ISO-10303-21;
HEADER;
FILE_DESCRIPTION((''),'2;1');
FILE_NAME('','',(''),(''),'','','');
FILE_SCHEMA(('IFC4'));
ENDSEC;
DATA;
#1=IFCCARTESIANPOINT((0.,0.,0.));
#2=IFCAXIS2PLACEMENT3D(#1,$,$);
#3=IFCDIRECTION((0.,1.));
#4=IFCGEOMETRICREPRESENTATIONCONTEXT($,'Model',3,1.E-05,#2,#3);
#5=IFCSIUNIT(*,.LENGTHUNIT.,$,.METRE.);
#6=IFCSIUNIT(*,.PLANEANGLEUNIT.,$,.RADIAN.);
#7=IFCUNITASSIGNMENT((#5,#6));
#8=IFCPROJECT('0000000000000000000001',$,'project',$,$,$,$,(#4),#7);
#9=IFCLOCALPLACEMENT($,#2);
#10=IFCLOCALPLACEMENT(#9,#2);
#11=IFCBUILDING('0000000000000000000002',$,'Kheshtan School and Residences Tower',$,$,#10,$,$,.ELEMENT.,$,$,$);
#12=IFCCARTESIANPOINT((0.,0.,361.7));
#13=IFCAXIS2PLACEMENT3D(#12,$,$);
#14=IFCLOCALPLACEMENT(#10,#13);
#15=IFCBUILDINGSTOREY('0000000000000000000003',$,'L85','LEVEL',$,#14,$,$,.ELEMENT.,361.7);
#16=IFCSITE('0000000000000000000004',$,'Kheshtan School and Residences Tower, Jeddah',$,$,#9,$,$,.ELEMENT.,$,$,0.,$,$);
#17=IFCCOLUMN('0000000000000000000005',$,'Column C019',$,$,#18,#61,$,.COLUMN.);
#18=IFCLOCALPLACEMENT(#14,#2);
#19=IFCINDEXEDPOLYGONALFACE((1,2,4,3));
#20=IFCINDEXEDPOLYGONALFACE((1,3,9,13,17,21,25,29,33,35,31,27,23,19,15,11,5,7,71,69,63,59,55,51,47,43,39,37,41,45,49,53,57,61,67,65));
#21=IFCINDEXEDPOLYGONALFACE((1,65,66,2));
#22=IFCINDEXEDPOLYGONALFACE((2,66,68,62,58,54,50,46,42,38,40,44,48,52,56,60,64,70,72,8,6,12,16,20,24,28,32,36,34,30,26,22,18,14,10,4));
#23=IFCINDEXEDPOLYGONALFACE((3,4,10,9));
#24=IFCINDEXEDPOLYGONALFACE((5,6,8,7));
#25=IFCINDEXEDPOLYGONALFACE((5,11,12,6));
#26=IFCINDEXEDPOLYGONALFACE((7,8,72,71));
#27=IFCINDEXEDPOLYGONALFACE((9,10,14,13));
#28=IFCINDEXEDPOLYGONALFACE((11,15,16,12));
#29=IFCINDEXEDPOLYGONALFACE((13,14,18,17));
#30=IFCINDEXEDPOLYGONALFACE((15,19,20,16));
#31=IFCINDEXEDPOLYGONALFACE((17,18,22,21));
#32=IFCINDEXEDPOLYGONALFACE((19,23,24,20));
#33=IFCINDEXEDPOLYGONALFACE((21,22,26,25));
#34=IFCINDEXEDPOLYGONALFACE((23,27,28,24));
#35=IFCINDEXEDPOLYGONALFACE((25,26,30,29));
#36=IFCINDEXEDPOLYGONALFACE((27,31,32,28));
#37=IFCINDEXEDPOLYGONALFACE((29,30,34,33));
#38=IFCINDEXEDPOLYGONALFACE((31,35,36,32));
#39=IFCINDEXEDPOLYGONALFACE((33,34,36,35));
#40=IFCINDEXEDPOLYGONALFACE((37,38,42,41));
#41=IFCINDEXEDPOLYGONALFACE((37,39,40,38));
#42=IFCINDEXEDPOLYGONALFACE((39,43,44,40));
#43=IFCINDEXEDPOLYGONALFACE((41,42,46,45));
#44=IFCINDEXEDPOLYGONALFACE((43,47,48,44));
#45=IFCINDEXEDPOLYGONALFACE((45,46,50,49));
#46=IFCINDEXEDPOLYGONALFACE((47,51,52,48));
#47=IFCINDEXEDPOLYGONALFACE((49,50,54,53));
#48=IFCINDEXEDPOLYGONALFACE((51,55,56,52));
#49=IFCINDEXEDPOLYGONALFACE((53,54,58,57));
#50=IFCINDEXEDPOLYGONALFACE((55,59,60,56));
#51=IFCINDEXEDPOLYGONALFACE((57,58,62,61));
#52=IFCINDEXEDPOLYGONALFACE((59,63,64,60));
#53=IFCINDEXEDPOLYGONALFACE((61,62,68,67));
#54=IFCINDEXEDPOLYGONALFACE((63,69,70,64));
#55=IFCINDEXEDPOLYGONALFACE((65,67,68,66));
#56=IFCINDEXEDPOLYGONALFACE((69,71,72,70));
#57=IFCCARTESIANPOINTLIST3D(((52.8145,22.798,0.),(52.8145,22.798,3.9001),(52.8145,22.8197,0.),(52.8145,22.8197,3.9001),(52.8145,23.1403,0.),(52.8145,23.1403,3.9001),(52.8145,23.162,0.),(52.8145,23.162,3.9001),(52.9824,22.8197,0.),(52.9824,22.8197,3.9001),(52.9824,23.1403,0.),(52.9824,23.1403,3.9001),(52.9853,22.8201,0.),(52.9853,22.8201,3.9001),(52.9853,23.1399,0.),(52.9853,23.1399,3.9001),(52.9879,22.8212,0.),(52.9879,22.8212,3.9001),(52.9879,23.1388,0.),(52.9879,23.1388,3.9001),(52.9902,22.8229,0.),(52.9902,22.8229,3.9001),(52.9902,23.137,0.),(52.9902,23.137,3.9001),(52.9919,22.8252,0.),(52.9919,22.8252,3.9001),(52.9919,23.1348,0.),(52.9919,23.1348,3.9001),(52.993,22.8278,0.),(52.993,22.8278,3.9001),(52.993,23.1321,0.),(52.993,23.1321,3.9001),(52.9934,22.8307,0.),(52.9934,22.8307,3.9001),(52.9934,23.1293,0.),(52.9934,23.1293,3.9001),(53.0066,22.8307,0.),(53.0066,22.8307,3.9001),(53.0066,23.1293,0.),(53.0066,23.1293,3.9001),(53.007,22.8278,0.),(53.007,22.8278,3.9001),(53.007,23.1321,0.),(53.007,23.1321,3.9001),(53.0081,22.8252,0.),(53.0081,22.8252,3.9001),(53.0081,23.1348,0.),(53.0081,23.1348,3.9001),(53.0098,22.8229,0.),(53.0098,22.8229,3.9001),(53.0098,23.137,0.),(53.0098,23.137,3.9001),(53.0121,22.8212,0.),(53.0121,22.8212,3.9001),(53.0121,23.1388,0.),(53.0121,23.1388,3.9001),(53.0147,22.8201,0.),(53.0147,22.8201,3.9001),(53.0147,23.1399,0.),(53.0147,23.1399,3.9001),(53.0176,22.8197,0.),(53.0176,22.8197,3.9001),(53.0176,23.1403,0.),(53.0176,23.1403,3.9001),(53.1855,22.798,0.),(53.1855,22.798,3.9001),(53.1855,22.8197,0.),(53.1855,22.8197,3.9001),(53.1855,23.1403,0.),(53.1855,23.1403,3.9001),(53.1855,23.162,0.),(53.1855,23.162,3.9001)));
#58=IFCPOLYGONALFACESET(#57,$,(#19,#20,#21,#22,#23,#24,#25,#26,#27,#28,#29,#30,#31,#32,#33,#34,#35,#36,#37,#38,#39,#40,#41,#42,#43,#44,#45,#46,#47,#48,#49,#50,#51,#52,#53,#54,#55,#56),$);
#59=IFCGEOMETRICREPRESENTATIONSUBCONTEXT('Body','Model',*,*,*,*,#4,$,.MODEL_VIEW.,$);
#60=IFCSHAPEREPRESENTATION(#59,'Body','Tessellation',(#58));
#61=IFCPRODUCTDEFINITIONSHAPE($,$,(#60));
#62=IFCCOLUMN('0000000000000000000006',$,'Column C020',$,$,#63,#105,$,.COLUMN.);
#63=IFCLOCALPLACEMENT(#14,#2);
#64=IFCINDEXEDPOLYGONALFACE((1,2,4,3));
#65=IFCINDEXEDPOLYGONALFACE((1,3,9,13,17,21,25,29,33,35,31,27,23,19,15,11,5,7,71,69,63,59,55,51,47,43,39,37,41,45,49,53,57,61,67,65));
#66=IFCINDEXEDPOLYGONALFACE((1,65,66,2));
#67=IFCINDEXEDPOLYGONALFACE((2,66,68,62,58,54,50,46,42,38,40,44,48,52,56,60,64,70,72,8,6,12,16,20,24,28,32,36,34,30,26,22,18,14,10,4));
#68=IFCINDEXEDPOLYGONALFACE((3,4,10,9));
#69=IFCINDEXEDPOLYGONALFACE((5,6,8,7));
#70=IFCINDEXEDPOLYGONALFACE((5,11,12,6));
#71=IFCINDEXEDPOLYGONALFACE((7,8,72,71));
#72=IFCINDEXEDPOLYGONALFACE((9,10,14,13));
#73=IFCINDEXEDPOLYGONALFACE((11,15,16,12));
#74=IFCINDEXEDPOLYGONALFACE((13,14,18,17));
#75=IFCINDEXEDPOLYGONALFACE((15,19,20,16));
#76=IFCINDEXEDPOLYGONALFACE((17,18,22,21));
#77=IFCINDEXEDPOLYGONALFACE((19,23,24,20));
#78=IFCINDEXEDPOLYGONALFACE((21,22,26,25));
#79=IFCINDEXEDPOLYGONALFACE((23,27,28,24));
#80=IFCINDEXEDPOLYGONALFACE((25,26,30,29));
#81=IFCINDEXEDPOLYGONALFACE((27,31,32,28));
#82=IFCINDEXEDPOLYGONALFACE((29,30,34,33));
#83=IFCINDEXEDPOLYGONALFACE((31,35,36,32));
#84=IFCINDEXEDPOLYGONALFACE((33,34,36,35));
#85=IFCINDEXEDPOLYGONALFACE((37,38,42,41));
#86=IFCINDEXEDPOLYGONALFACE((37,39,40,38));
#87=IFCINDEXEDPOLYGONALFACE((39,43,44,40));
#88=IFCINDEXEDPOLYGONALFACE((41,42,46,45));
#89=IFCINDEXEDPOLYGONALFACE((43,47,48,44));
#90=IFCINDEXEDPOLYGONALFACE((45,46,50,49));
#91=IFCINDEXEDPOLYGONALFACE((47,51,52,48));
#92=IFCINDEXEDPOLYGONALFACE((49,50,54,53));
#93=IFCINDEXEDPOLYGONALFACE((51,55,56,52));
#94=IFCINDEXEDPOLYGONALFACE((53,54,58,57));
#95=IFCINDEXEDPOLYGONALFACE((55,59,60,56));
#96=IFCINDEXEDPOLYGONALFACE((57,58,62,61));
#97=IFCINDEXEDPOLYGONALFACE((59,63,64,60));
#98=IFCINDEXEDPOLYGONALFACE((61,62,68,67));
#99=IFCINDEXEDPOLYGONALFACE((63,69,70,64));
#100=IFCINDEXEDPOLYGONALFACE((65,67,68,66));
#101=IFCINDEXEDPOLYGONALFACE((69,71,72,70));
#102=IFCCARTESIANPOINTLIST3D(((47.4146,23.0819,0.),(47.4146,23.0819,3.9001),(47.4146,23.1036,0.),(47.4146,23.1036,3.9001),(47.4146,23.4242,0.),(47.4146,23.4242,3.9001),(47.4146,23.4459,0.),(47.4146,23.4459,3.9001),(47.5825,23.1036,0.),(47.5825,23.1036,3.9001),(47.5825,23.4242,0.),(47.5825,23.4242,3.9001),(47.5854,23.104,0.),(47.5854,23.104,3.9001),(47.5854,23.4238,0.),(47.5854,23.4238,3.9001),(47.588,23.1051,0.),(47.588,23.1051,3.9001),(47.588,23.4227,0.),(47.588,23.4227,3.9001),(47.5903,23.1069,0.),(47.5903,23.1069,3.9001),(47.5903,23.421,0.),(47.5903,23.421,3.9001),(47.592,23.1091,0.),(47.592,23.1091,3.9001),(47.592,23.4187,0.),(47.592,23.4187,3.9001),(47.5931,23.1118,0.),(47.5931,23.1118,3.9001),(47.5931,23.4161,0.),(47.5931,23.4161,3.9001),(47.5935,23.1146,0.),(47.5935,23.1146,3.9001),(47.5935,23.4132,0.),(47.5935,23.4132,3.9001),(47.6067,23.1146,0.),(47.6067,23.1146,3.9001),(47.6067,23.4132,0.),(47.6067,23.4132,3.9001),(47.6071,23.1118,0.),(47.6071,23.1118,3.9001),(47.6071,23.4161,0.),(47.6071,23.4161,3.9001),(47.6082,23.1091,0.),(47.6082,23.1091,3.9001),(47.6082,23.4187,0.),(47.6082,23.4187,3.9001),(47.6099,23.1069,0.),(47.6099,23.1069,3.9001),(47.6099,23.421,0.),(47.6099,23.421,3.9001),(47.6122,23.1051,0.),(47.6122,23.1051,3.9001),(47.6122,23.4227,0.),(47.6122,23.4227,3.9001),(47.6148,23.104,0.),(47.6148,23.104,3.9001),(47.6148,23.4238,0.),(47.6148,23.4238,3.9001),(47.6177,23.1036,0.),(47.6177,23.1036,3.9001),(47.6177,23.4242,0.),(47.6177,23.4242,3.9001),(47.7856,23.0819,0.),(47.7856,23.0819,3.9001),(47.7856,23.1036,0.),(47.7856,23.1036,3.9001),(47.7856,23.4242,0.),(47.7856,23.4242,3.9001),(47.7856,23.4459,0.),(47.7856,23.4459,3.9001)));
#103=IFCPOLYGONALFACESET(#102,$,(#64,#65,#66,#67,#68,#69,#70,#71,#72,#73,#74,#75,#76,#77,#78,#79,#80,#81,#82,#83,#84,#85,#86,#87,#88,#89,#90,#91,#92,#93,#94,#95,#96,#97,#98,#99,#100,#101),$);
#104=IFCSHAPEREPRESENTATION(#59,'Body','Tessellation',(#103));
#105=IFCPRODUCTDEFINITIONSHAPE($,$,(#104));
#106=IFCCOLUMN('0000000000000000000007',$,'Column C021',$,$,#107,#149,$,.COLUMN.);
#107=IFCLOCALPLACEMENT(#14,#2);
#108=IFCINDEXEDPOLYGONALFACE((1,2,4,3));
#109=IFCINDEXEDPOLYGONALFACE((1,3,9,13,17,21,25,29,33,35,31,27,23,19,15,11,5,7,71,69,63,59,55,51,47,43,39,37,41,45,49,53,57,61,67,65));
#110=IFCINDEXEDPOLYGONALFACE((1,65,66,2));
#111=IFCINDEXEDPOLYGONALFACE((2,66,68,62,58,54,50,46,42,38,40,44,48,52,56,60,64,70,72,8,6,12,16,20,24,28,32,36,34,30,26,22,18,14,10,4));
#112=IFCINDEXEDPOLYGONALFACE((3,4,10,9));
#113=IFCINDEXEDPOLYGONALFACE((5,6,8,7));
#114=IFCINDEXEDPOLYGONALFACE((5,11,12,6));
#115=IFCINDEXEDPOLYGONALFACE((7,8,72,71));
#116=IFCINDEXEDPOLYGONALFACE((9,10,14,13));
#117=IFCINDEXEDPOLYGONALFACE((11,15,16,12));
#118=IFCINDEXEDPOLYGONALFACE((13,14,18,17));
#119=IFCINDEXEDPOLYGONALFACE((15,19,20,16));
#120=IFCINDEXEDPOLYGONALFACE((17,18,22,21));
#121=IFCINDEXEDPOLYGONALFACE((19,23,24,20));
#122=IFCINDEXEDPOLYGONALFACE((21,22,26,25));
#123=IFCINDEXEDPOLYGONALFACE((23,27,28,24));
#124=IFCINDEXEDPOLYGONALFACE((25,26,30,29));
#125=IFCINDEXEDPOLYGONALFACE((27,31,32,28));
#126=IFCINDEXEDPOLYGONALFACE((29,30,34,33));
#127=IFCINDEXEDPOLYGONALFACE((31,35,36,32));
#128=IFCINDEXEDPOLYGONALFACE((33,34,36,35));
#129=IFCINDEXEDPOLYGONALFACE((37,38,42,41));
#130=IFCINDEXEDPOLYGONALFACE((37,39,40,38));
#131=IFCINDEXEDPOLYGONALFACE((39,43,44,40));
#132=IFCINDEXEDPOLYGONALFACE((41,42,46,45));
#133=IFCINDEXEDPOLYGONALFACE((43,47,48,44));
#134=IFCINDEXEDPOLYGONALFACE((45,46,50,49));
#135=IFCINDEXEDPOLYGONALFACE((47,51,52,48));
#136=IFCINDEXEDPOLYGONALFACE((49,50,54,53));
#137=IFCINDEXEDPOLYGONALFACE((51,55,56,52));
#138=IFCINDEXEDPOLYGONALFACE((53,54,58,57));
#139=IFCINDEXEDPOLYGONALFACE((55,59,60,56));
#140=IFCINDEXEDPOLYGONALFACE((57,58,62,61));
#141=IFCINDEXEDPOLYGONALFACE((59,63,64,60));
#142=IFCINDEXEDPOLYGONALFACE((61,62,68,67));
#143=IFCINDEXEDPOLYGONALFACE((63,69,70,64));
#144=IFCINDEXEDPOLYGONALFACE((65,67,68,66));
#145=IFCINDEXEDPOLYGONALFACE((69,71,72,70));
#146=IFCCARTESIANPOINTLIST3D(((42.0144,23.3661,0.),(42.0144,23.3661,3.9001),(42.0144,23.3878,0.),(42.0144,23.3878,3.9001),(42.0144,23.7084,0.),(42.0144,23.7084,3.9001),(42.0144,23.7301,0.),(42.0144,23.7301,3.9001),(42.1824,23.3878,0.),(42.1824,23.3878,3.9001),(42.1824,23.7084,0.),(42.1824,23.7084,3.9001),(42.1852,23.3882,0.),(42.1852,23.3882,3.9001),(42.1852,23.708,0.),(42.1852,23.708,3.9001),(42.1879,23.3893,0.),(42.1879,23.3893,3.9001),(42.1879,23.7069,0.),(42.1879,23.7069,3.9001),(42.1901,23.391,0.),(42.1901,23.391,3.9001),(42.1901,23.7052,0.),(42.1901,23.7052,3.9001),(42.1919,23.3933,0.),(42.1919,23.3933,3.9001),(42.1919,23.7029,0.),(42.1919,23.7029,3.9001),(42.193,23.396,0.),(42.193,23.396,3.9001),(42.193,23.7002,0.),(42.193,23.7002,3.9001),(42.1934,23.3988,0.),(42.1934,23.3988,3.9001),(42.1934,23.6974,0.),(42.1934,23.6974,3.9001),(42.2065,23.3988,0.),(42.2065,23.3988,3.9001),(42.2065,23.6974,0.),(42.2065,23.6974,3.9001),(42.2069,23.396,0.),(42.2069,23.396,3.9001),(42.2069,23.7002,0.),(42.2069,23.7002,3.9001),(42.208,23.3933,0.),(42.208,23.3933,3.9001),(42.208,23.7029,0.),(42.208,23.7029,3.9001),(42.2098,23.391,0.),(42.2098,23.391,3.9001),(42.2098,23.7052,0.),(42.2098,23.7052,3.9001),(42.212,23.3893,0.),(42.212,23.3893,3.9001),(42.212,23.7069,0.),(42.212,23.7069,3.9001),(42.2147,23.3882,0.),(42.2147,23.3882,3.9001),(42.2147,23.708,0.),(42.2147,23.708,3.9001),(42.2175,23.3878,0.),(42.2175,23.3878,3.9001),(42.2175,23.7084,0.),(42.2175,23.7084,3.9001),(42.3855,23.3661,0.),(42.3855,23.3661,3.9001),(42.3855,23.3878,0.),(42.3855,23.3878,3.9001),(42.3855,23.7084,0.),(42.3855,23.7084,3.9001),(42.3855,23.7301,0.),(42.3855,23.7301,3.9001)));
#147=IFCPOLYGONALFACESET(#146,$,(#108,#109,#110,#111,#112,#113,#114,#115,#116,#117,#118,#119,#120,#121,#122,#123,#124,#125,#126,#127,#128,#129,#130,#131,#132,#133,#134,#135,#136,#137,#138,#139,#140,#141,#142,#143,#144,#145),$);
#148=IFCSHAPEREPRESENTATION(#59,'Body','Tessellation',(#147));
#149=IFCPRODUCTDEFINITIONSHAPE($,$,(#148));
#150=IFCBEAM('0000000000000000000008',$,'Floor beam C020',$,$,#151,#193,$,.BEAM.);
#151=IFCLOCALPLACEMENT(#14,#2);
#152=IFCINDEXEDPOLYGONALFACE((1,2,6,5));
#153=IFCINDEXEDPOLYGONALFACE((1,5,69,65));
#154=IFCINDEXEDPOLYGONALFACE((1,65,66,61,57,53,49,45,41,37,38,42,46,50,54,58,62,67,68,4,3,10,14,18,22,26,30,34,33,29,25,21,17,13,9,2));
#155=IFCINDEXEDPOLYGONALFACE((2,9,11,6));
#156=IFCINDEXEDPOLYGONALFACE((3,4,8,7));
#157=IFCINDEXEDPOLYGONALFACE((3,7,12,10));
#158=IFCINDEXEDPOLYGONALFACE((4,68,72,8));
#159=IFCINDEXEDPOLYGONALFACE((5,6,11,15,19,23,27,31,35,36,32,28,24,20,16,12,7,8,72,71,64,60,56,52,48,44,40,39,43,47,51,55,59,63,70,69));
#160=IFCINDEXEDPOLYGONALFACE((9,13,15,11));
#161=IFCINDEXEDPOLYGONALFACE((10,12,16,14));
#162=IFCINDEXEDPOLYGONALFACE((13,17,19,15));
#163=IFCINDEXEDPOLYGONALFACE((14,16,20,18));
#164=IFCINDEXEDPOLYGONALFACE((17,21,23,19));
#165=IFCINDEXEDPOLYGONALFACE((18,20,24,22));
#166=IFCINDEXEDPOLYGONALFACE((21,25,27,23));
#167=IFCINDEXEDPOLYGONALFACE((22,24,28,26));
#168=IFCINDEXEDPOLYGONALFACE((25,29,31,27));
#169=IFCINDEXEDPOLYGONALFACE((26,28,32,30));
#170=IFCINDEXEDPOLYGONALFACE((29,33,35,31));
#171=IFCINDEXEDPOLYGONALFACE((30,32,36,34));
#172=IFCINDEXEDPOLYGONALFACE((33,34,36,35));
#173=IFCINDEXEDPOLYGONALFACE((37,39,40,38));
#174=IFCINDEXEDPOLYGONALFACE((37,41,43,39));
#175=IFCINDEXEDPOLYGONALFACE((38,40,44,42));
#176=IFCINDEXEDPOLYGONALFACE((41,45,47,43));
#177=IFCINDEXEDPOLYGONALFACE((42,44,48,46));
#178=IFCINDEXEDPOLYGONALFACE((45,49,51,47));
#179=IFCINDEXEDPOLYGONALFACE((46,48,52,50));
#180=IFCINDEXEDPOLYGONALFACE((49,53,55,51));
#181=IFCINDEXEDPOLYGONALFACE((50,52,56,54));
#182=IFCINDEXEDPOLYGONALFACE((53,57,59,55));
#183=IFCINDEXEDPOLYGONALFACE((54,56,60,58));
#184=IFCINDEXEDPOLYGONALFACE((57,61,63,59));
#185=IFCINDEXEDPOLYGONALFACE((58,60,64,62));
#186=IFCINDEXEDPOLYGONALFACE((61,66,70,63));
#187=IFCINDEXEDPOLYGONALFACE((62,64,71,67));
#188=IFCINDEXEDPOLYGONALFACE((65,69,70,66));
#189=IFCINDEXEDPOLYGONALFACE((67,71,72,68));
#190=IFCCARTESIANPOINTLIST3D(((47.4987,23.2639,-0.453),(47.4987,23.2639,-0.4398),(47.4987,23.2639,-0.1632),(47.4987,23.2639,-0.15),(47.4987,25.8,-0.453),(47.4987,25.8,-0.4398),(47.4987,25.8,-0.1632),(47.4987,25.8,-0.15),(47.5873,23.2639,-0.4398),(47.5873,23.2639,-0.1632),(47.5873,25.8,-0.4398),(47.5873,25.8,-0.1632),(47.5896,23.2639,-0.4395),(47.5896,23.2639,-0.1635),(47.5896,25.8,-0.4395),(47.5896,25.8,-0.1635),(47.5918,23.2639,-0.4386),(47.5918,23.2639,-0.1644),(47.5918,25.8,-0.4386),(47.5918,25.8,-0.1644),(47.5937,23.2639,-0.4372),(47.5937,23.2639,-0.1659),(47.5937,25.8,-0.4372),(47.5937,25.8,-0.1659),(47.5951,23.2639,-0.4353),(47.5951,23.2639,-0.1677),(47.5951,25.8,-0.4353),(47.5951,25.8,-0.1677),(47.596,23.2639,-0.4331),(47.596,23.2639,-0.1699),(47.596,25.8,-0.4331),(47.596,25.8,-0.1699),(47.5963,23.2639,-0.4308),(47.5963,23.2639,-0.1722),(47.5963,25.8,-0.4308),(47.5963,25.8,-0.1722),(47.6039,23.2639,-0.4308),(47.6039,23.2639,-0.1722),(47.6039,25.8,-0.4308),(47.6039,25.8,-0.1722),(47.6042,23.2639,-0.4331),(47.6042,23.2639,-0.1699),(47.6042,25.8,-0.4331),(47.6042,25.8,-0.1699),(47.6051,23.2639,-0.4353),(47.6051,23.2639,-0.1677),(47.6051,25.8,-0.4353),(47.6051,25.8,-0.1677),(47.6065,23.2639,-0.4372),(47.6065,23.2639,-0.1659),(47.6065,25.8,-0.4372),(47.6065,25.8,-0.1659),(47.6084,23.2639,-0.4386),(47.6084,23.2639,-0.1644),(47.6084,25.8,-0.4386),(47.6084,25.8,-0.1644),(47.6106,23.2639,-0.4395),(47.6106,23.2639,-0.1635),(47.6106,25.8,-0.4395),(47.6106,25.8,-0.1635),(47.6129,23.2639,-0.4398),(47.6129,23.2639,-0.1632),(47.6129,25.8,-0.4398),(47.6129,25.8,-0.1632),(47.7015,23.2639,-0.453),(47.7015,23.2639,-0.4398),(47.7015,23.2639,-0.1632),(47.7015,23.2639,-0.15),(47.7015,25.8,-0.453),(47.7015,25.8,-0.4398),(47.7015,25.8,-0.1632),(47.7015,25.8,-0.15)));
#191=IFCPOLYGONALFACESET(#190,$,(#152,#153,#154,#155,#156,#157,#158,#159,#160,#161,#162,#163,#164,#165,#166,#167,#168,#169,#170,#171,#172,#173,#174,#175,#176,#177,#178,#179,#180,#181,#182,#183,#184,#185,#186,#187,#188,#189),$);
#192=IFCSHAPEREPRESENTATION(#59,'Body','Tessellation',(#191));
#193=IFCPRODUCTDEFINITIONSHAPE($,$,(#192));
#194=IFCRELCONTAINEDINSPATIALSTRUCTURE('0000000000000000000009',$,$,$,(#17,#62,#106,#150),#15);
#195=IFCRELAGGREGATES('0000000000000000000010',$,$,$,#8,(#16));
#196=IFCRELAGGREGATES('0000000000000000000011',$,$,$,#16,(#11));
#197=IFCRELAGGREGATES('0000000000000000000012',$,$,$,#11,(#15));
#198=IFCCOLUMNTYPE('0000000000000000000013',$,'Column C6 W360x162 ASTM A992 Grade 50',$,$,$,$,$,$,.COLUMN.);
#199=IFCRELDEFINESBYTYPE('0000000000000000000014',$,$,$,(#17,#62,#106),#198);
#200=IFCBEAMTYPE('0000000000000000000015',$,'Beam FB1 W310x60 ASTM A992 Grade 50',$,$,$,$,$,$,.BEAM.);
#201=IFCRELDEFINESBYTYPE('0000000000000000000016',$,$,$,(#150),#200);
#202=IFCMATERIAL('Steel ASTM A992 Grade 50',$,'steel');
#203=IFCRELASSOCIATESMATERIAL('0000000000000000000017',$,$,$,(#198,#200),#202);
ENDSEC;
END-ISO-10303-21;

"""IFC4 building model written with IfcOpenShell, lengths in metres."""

from ifc_helpers import new_model, si_unit, direction, frame, origin, origin_2d, place, context, subcontext, project, spatial, i_section, extrude, material, material_profile, profile_set, type_object, element, save


model = new_model("IFC4")

# Units and contexts
model_context = context("Model", 3, precision=1e-05, world=origin(), true_north=direction((0.0, 1.0)))
body_context = subcontext(model_context, "Body", "Model", "MODEL_VIEW")
ifc_project = project(units=[si_unit("LENGTHUNIT", "METRE"), si_unit("PLANEANGLEUNIT", "RADIAN")], contexts=[model_context])

# Site, building, storey
site_placement = place(None, origin())
site = spatial("IfcSite", under=ifc_project, at=site_placement, Name="Kheshtan School and Residences Tower, Jeddah", CompositionType="ELEMENT", RefElevation=0.0)
building_placement = place(site_placement, origin())
building = spatial("IfcBuilding", under=site, at=building_placement, Name="Kheshtan School and Residences Tower", CompositionType="ELEMENT")
storey_placement = place(building_placement, frame((0.0, 0.0, 361.7)))
storey = spatial("IfcBuildingStorey", under=building, at=storey_placement, Name="L85", Description="LEVEL", CompositionType="ELEMENT", Elevation=361.7)

# Columns
ifc_material_1 = material(Name="Steel ASTM A992 Grade 50", Category="steel")
ifc_material_profile_1 = material_profile(ifc_material_1, i_section(OverallWidth=0.3711, OverallDepth=0.364, WebThickness=0.0132, FlangeThickness=0.0217, FilletRadius=0.011, at=origin_2d()), Name="W360x162")
ifc_profile_set_1 = profile_set([ifc_material_profile_1], Name="Steel ASTM A992 Grade 50")
column_type = type_object("IfcColumnType", Name="Column C6 W360x162 ASTM A992 Grade 50", PredefinedType="COLUMN", material=ifc_profile_set_1)
for number, where, z_axis, x_axis, name in (
    (1, (53.0, 22.98, 0.0), (0.0, 0.0, 1.0), (1.0, 0.0, 0.0), "Column C019"),
    (2, (47.6001, 23.2639, 0.0), (0.0, 0.0, 1.0), (1.0, 0.0, 0.0), "Column C020"),
    (3, (42.2, 23.5481, 0.0), (0.0, 0.0, 1.0), (1.0, 0.0, 0.0), "Column C021"),
):
    element("IfcColumn", number, at=place(storey_placement, frame(where, z_axis=z_axis, x_axis=x_axis)), inside=storey, type_object=column_type, Name=name, PredefinedType="COLUMN", context=body_context, shape_type="SweptSolid", body=[
        extrude(i_section(OverallWidth=0.3711, OverallDepth=0.364, WebThickness=0.0132, FlangeThickness=0.0217, FilletRadius=0.011, at=origin_2d()), origin(), (0.0, 0.0, 1.0), 3.9001),
    ])

# Beam
ifc_material_profile_2 = material_profile(ifc_material_1, i_section(OverallWidth=0.2029, OverallDepth=0.303, WebThickness=0.0076, FlangeThickness=0.0132, FilletRadius=0.009, at=origin_2d()), Name="W310x60")
ifc_profile_set_2 = profile_set([ifc_material_profile_2], Name="Steel ASTM A992 Grade 50")
beam_type_1 = type_object("IfcBeamType", Name="Beam FB1 W310x60 ASTM A992 Grade 50", PredefinedType="BEAM", material=ifc_profile_set_2)
beam_1_placement = place(storey_placement, frame((47.6001, 23.2639, -0.3015), z_axis=(0.0, 1.0, 0.0), x_axis=(-1.0, 0.0, 0.0)))
element("IfcBeam", 4, at=beam_1_placement, inside=storey, type_object=beam_type_1, Name="Floor beam C020", PredefinedType="BEAM", context=body_context, shape_type="SweptSolid", body=[
    extrude(i_section(OverallWidth=0.2029, OverallDepth=0.303, WebThickness=0.0076, FlangeThickness=0.0132, FilletRadius=0.009, at=origin_2d()), origin(), (0.0, 0.0, 1.0), 2.5361),
])

save(model, "model.ifc")
